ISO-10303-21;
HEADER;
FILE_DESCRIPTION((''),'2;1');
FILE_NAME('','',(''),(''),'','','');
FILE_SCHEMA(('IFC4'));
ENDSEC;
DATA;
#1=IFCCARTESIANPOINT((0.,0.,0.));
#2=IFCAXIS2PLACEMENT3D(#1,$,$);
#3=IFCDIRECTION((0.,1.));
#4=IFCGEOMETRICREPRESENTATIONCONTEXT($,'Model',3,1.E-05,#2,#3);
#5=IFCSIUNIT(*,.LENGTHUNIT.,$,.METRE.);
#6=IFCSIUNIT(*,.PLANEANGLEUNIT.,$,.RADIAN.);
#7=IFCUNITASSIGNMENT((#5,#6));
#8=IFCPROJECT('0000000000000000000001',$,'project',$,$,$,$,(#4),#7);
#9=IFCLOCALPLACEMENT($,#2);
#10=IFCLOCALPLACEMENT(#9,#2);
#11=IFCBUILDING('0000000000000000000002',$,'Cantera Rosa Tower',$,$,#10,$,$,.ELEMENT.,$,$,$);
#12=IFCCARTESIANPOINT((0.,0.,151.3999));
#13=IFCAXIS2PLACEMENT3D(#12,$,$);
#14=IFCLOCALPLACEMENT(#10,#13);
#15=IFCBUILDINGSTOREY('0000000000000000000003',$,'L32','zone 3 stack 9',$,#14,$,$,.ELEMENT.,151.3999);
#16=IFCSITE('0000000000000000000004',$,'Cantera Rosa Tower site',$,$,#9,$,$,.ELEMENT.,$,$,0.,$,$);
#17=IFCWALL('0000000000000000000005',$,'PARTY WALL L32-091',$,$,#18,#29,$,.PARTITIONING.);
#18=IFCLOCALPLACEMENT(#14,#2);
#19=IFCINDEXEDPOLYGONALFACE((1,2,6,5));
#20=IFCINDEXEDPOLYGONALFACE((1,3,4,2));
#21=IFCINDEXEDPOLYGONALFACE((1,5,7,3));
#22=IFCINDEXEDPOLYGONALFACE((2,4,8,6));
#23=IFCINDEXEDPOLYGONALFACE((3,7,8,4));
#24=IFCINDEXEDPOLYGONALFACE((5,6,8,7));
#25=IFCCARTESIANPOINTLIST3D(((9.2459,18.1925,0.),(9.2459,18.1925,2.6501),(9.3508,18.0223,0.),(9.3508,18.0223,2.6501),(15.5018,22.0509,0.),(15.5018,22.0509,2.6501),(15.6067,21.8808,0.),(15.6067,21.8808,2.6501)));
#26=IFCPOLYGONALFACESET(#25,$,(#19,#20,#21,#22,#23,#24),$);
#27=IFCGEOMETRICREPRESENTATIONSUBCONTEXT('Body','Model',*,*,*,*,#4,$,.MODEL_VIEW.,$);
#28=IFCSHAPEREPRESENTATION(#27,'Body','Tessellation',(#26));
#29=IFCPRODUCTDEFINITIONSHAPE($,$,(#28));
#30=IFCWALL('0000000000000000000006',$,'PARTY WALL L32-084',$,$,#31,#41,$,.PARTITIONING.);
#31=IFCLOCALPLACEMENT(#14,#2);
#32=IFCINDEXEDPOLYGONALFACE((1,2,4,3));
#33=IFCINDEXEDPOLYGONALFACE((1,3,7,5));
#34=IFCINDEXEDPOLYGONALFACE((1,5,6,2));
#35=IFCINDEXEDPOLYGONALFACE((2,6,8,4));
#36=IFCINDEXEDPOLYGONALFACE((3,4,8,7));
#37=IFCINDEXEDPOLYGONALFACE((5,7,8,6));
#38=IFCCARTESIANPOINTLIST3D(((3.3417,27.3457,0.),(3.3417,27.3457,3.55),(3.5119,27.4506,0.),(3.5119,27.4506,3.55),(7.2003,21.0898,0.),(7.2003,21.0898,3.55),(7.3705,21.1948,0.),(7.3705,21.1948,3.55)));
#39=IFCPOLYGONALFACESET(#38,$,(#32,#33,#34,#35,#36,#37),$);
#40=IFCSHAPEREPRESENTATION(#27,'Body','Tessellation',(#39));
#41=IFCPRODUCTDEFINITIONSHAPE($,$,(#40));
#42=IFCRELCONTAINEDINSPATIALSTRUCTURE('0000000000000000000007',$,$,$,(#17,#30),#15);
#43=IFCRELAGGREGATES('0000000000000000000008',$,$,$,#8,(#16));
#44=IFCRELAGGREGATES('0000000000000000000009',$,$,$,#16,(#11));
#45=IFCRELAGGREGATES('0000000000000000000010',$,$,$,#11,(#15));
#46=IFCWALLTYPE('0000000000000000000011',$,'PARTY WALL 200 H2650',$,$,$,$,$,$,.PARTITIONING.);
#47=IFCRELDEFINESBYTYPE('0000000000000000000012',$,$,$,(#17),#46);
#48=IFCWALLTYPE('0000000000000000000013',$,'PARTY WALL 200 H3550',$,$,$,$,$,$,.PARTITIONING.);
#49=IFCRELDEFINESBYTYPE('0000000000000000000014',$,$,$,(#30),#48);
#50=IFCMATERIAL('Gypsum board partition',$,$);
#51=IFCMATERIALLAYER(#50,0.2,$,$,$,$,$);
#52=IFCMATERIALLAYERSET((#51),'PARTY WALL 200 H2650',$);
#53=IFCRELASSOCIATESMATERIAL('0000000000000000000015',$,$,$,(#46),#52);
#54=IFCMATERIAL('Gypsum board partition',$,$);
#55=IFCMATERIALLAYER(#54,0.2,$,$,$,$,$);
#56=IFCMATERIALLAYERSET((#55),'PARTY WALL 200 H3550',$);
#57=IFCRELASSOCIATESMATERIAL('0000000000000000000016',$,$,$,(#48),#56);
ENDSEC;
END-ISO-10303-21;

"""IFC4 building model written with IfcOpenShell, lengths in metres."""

from ifc_helpers import new_model, si_unit, direction, frame, frame_2d, origin, place, context, subcontext, project, spatial, rectangle, extrude, material, layer, layer_set, type_object, element, save


model = new_model("IFC4")

# Units and contexts
model_context = context("Model", 3, precision=1e-05, world=origin(), true_north=direction((0.0, 1.0)))
body_context = subcontext(model_context, "Body", "Model", "MODEL_VIEW")
ifc_project = project(units=[si_unit("LENGTHUNIT", "METRE"), si_unit("PLANEANGLEUNIT", "RADIAN")], contexts=[model_context])

# Site, building, storey
site_placement = place(None, origin())
site = spatial("IfcSite", under=ifc_project, at=site_placement, Name="Cantera Rosa Tower site", CompositionType="ELEMENT", RefElevation=0.0)
building_placement = place(site_placement, origin())
building = spatial("IfcBuilding", under=site, at=building_placement, Name="Cantera Rosa Tower", CompositionType="ELEMENT")
storey_placement = place(building_placement, frame((0.0, 0.0, 151.3999)))
storey = spatial("IfcBuildingStorey", under=building, at=storey_placement, Name="L32", Description="zone 3 stack 9", CompositionType="ELEMENT", Elevation=151.3999)

# Walls
ifc_material_1 = material(Name="Gypsum board partition")
ifc_layer_1 = layer(ifc_material_1, 0.2)
ifc_layer_set_1 = layer_set([ifc_layer_1], Name="PARTY WALL 200 H2650")
wall_type_1 = type_object("IfcWallType", Name="PARTY WALL 200 H2650", PredefinedType="PARTITIONING", material=ifc_layer_set_1)
wall_1_placement = place(storey_placement, frame((9.2983, 18.1074, 0.0), z_axis=(0.0, 0.0, 1.0), x_axis=(0.851133, 0.52495, 0.0)))
element("IfcWall", 1, at=wall_1_placement, inside=storey, type_object=wall_type_1, Name="PARTY WALL L32-091", PredefinedType="PARTITIONING", context=body_context, shape_type="SweptSolid", body=[
    extrude(rectangle(XDim=7.3501, YDim=0.2, at=frame_2d((3.675, 0.0))), origin(), (0.0, 0.0, 1.0), 2.6501),
])
ifc_material_2 = material(Name="Gypsum board partition")
ifc_layer_2 = layer(ifc_material_2, 0.2)
ifc_layer_set_2 = layer_set([ifc_layer_2], Name="PARTY WALL 200 H3550")
wall_type_2 = type_object("IfcWallType", Name="PARTY WALL 200 H3550", PredefinedType="PARTITIONING", material=ifc_layer_set_2)
wall_2_placement = place(storey_placement, frame((7.2854, 21.1423, 0.0), z_axis=(0.0, 0.0, 1.0), x_axis=(-0.524974, 0.851118, 0.0)))
element("IfcWall", 2, at=wall_2_placement, inside=storey, type_object=wall_type_2, Name="PARTY WALL L32-084", PredefinedType="PARTITIONING", context=body_context, shape_type="SweptSolid", body=[
    extrude(rectangle(XDim=7.3501, YDim=0.2, at=frame_2d((3.675, 0.0))), origin(), (0.0, 0.0, 1.0), 3.55),
])

save(model, "model.ifc")
